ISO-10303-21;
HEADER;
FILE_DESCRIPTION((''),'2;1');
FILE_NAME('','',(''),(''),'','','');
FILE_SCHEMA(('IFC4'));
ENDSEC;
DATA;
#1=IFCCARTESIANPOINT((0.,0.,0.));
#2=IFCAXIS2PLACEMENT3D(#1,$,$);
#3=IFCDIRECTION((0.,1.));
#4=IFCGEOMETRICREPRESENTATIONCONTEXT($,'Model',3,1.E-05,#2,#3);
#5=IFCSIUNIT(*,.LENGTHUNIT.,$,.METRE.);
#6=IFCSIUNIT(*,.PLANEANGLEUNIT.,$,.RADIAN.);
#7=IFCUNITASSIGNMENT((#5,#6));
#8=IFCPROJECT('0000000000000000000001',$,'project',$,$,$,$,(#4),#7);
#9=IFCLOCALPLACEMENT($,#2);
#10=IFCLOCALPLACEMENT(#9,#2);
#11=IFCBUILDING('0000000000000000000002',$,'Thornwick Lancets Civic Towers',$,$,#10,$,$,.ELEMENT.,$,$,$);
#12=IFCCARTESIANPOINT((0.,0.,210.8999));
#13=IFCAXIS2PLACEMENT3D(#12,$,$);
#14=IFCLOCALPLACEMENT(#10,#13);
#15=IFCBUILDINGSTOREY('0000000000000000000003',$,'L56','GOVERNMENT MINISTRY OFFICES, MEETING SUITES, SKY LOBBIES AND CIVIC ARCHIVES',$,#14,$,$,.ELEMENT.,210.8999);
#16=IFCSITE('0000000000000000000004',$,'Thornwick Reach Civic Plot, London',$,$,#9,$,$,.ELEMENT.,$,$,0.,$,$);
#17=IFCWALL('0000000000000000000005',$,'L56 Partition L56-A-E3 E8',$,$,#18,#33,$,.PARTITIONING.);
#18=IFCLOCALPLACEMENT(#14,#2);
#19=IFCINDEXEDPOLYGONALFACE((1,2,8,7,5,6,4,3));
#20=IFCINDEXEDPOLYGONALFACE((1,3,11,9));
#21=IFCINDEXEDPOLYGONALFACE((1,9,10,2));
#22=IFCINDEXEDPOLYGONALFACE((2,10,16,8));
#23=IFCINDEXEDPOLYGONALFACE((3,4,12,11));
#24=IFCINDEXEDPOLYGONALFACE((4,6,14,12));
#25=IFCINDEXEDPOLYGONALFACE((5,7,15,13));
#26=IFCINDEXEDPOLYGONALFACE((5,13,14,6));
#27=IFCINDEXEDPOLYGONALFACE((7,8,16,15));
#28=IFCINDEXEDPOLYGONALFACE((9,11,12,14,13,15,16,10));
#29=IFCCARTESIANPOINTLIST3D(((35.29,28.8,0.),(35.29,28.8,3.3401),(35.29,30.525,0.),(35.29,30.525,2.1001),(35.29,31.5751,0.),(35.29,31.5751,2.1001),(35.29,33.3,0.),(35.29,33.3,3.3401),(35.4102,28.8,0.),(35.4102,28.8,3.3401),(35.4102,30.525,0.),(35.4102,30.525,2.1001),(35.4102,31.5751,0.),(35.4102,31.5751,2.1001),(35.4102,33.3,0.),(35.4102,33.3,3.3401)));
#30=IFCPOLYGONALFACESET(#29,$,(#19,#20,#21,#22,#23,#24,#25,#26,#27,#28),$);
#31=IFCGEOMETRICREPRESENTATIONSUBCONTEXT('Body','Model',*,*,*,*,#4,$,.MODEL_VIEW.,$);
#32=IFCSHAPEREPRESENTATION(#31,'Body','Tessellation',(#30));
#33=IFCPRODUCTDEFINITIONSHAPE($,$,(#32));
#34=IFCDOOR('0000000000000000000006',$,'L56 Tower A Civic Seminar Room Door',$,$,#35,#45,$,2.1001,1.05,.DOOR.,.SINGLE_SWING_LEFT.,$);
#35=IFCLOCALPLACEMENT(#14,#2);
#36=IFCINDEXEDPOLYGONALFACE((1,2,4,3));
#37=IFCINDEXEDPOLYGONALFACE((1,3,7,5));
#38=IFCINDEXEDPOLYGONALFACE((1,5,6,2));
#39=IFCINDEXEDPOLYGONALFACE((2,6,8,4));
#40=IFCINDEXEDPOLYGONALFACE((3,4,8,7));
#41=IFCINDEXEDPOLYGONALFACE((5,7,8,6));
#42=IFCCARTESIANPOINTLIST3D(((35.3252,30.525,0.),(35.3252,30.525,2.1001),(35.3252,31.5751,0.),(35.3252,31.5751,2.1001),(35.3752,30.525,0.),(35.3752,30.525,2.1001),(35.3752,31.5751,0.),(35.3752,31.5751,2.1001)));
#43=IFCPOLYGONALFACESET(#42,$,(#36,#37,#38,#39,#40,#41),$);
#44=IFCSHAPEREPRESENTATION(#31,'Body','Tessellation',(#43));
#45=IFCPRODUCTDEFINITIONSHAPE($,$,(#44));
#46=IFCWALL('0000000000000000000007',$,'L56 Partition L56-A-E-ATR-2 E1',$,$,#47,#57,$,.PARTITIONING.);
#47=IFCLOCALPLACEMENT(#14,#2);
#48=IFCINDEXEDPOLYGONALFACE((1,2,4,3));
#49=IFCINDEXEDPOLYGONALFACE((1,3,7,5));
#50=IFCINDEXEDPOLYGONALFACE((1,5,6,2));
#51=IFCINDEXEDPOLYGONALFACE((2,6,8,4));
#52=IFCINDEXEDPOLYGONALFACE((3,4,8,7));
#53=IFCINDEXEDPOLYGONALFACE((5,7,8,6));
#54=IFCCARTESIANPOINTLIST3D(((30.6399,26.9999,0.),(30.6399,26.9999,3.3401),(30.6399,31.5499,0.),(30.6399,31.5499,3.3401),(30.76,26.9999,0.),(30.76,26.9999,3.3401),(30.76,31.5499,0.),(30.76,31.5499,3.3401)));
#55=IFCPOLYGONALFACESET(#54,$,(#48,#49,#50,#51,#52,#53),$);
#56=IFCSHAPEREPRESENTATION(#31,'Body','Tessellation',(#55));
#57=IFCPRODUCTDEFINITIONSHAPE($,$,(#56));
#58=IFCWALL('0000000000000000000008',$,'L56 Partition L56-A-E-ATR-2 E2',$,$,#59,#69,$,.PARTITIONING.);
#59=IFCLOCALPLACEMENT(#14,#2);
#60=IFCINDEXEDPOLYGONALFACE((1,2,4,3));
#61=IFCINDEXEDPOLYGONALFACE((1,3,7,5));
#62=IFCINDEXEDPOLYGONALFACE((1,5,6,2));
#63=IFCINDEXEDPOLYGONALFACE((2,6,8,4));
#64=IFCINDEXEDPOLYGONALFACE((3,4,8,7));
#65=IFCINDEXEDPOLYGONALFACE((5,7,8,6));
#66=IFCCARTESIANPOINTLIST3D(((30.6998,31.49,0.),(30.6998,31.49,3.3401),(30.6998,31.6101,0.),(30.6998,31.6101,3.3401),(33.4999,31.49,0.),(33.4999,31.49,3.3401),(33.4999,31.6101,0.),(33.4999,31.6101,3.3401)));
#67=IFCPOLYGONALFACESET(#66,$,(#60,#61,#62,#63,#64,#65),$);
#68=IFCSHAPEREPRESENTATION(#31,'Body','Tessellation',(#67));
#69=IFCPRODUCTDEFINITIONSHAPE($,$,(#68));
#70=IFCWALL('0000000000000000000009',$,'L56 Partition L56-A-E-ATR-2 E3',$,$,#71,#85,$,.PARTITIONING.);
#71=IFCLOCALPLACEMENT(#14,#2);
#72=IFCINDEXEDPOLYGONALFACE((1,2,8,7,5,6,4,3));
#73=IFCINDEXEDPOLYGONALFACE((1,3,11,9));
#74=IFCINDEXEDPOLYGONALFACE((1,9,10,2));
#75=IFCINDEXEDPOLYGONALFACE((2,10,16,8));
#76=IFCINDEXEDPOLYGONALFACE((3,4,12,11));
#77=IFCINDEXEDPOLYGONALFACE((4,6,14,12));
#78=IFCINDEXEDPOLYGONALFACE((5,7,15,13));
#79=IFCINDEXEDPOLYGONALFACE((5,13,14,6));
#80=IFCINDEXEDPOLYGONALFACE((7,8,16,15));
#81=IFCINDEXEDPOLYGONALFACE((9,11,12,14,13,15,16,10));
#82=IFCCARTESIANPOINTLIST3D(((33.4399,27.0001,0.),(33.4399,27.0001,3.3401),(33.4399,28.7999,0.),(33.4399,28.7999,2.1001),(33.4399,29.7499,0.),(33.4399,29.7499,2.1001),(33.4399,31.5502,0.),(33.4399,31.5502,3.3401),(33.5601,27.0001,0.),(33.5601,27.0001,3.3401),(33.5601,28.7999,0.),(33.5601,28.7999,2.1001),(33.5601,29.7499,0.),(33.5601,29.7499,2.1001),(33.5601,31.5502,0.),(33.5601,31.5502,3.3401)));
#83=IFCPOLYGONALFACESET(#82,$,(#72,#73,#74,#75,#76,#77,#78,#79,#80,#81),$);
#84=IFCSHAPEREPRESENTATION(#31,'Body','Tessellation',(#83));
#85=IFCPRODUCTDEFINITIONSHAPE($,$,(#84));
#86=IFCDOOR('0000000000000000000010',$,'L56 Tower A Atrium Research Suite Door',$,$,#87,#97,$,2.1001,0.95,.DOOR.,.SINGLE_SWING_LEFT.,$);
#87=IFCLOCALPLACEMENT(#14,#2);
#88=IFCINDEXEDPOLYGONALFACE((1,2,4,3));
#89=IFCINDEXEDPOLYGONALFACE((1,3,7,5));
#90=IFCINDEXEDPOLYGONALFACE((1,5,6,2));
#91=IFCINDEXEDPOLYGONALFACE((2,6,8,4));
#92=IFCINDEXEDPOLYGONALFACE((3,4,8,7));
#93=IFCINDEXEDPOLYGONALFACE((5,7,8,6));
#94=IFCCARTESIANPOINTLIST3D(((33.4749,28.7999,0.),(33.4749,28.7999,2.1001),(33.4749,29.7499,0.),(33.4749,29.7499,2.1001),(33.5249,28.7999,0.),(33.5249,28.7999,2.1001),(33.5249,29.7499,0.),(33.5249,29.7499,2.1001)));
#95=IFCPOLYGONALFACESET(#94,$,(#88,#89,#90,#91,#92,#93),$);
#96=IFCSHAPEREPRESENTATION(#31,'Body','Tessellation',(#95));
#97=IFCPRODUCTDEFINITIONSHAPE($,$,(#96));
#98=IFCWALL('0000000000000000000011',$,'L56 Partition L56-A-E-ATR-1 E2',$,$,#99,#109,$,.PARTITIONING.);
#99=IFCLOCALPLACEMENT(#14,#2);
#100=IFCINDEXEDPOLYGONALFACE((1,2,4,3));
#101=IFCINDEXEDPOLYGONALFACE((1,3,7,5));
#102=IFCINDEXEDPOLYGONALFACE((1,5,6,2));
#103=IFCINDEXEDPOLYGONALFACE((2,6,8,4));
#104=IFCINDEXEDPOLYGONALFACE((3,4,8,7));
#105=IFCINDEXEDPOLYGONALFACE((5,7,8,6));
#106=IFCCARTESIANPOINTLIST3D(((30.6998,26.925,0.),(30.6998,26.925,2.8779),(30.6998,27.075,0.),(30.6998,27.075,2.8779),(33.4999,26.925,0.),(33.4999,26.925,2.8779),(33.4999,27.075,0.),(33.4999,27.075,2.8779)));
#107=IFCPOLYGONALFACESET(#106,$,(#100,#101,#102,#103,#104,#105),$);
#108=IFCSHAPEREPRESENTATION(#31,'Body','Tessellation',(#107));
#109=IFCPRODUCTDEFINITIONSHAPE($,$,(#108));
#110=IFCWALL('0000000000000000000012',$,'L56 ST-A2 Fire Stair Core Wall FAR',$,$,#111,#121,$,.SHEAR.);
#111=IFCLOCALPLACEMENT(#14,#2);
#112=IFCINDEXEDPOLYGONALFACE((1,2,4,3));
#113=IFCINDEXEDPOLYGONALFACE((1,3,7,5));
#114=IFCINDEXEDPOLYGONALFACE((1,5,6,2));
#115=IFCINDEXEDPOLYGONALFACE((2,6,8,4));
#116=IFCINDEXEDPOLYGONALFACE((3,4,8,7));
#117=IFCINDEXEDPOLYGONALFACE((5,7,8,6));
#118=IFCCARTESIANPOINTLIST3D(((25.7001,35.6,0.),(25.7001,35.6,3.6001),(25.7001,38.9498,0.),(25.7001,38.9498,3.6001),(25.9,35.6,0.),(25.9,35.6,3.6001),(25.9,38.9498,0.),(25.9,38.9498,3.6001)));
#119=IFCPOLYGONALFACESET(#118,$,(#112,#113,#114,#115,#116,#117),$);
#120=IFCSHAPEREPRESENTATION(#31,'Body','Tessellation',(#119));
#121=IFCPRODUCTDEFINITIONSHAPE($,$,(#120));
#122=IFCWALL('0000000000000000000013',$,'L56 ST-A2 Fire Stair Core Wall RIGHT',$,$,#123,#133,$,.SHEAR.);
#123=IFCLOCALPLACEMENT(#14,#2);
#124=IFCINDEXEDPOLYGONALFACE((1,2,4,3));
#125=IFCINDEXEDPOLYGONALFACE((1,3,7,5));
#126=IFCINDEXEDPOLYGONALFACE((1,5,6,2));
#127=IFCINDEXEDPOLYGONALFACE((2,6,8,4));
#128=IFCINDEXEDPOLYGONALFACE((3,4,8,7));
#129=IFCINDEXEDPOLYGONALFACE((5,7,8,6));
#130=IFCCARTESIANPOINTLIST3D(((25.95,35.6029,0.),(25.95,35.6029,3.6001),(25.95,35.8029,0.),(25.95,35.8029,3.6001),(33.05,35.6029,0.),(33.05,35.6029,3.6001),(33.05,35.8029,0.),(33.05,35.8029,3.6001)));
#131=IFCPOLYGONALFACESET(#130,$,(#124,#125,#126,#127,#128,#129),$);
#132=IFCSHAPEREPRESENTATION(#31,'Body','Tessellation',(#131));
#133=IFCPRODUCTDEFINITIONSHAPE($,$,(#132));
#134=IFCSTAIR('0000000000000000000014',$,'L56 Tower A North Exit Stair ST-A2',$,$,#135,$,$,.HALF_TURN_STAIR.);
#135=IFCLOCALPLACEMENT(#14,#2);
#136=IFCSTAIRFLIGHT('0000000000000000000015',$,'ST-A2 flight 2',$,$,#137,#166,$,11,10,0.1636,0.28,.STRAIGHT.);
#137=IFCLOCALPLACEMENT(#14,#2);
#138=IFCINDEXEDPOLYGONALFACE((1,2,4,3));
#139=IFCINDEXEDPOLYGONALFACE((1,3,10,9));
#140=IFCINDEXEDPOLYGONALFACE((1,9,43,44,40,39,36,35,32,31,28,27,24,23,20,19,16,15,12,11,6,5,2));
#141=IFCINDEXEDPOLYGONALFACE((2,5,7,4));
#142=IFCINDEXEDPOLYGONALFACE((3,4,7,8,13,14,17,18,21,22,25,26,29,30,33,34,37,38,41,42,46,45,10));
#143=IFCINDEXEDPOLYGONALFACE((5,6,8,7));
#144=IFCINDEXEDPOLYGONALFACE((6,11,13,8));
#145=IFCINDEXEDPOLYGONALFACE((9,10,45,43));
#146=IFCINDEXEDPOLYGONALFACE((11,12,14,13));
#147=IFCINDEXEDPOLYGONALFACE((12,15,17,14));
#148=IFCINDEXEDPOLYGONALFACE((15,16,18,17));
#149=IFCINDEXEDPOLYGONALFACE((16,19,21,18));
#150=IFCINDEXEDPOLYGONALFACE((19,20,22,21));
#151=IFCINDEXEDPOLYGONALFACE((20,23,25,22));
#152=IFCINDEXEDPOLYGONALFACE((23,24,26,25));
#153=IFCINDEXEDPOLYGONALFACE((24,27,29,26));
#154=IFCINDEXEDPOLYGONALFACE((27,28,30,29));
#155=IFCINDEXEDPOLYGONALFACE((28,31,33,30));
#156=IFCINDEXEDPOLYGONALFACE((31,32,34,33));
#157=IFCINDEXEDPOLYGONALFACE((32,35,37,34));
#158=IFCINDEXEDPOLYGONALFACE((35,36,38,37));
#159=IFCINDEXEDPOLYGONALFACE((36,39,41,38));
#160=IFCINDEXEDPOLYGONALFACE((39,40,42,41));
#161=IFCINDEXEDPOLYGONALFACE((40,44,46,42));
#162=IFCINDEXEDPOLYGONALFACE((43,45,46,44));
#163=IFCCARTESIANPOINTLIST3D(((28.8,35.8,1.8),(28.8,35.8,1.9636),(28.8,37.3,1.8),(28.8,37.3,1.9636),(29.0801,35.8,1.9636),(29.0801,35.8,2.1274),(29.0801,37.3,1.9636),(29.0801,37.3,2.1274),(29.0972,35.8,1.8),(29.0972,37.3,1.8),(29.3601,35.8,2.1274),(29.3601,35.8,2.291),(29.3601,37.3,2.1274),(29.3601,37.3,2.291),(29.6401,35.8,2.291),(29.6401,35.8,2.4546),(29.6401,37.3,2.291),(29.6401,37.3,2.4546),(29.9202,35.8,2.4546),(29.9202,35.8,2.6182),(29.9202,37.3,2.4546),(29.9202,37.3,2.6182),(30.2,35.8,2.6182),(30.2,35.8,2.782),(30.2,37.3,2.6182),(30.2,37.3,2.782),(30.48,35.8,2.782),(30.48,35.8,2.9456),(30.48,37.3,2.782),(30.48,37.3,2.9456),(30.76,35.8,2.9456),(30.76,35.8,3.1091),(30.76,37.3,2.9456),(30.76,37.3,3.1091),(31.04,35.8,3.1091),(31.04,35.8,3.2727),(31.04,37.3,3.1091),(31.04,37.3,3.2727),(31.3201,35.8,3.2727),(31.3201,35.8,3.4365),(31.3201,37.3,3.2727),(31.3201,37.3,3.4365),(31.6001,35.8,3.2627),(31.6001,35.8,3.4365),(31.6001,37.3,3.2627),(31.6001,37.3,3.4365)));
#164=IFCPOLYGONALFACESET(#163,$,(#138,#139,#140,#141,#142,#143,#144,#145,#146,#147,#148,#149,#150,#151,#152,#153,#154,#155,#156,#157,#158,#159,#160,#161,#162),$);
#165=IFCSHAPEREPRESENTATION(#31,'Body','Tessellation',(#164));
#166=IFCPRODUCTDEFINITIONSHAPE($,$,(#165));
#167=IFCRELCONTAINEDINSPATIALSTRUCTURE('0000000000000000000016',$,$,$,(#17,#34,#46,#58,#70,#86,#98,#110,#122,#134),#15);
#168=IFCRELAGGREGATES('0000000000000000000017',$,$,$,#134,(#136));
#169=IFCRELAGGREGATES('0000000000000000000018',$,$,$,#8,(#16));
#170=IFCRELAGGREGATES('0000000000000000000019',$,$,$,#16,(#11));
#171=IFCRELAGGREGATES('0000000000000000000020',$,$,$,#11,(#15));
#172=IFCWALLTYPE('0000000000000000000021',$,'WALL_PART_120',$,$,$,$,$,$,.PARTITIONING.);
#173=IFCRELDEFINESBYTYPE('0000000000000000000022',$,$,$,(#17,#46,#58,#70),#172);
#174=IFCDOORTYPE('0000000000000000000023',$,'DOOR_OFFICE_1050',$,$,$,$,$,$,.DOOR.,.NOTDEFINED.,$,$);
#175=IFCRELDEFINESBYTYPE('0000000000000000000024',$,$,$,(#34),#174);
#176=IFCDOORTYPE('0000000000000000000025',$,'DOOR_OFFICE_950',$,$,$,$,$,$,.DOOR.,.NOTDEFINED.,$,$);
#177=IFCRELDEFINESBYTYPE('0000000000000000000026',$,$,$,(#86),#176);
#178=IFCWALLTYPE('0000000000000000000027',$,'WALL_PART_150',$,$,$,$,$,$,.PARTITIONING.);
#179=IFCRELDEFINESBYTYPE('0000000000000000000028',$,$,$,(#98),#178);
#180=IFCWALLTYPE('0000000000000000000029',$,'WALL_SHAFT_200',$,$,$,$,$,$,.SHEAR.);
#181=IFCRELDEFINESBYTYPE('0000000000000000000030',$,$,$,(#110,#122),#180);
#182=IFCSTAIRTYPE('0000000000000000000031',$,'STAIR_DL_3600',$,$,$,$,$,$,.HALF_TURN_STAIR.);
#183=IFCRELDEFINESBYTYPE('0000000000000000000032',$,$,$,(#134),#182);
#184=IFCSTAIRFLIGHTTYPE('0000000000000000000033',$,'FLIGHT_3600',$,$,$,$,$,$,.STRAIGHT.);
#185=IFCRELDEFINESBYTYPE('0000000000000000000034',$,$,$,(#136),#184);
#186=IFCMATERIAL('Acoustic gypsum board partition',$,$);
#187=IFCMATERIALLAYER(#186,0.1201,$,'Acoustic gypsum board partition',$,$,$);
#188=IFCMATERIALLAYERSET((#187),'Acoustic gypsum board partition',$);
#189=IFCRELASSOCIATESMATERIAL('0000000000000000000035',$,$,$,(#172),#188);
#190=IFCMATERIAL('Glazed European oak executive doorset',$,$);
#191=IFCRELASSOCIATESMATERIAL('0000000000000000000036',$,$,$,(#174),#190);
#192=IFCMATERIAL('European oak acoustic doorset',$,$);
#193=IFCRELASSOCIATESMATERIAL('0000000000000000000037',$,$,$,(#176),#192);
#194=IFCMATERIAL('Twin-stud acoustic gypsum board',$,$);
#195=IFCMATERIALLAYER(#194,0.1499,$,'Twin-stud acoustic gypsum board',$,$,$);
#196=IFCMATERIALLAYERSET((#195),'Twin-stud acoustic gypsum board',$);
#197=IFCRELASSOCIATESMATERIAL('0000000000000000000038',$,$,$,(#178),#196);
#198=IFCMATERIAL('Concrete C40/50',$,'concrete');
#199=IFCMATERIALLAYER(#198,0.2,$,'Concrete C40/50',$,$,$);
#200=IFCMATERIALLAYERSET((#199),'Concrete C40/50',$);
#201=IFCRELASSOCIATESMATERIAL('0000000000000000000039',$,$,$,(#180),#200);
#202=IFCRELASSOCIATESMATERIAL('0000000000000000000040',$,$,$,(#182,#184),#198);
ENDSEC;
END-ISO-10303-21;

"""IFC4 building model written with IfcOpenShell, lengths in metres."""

from ifc_helpers import new_model, si_unit, direction, frame, frame_2d, origin, place, context, subcontext, project, spatial, polyline, rectangle, outline, extrude, material, layer, layer_set, type_object, element, fill, aggregate, save


model = new_model("IFC4")

# Units and contexts
model_context = context("Model", 3, precision=1e-05, world=origin(), true_north=direction((0.0, 1.0)))
body_context = subcontext(model_context, "Body", "Model", "MODEL_VIEW")
ifc_project = project(units=[si_unit("LENGTHUNIT", "METRE"), si_unit("PLANEANGLEUNIT", "RADIAN")], contexts=[model_context])

# Site, building, storey
site_placement = place(None, origin())
site = spatial("IfcSite", under=ifc_project, at=site_placement, Name="Thornwick Reach Civic Plot, London", CompositionType="ELEMENT", RefElevation=0.0)
building_placement = place(site_placement, origin())
building = spatial("IfcBuilding", under=site, at=building_placement, Name="Thornwick Lancets Civic Towers", CompositionType="ELEMENT")
storey_placement = place(building_placement, frame((0.0, 0.0, 210.8999)))
storey = spatial("IfcBuildingStorey", under=building, at=storey_placement, Name="L56", Description="GOVERNMENT MINISTRY OFFICES, MEETING SUITES, SKY LOBBIES AND CIVIC ARCHIVES", CompositionType="ELEMENT", Elevation=210.8999)

# Shared definitions
ifc_material_1 = material(Name="Acoustic gypsum board partition")
ifc_layer_1 = layer(ifc_material_1, 0.1201, Name="Acoustic gypsum board partition")
ifc_layer_set_1 = layer_set([ifc_layer_1], Name="Acoustic gypsum board partition")
wall_type_1 = type_object("IfcWallType", Name="WALL_PART_120", PredefinedType="PARTITIONING", material=ifc_layer_set_1)

# Wall, opening, door
wall_1_placement = place(storey_placement, frame((35.3501, 28.8, 0.0), z_axis=(0.0, 0.0, 1.0), x_axis=(0.0, 1.0, 0.0)))
wall_1 = element("IfcWall", 1, at=wall_1_placement, inside=storey, type_object=wall_type_1, Name="L56 Partition L56-A-E3 E8", PredefinedType="PARTITIONING", context=body_context, shape_type="SweptSolid", body=[
    extrude(rectangle(XDim=4.5, YDim=0.1201, at=frame_2d((2.25, 0.0))), origin(), (0.0, 0.0, 1.0), 3.3401),
])
opening_1_placement = place(wall_1_placement, frame((1.7251, 0.0, 0.0)))
opening_1 = element("IfcOpeningElement", 2, at=opening_1_placement, cuts=wall_1, PredefinedType="OPENING", context=body_context, shape_type="SweptSolid", body=[
    extrude(rectangle(XDim=1.05, YDim=2.1001, at=frame_2d((0.5249, 1.05))), frame((0.0, 0.0701, 0.0), z_axis=(0.0, -1.0, 0.0), x_axis=(1.0, 0.0, 0.0)), (0.0, 0.0, 1.0), 0.1401),
])
ifc_material_2 = material(Name="Glazed European oak executive doorset")
door_type_1 = type_object("IfcDoorType", Name="DOOR_OFFICE_1050", OperationType="NOTDEFINED", PredefinedType="DOOR", material=ifc_material_2)
door_1_placement = place(opening_1_placement, origin())
door_1 = element("IfcDoor", 3, at=door_1_placement, inside=storey, type_object=door_type_1, Name="L56 Tower A Civic Seminar Room Door", OperationType="SINGLE_SWING_LEFT", OverallHeight=2.1001, OverallWidth=1.05, PredefinedType="DOOR", context=body_context, shape_type="SweptSolid", body=[
    extrude(rectangle(XDim=1.05, YDim=2.1001, at=frame_2d((0.5249, 1.05))), frame((0.0, 0.0249, 0.0), z_axis=(0.0, -1.0, 0.0), x_axis=(1.0, 0.0, 0.0)), (0.0, 0.0, 1.0), 0.05),
])
fill(opening_1, door_1)

# Walls
wall_2_placement = place(storey_placement, frame((30.7, 27.0, 0.0), z_axis=(0.0, 0.0, 1.0), x_axis=(0.0, 1.0, 0.0)))
element("IfcWall", 4, at=wall_2_placement, inside=storey, type_object=wall_type_1, Name="L56 Partition L56-A-E-ATR-2 E1", PredefinedType="PARTITIONING", context=body_context, shape_type="SweptSolid", body=[
    extrude(rectangle(XDim=4.55, YDim=0.1201, at=frame_2d((2.2749, 0.0))), origin(), (0.0, 0.0, 1.0), 3.3401),
])
wall_3_placement = place(storey_placement, frame((30.7, 31.55, 0.0), z_axis=(0.0, 0.0, 1.0), x_axis=(1.0, 0.0, 0.0)))
element("IfcWall", 5, at=wall_3_placement, inside=storey, type_object=wall_type_1, Name="L56 Partition L56-A-E-ATR-2 E2", PredefinedType="PARTITIONING", context=body_context, shape_type="SweptSolid", body=[
    extrude(rectangle(XDim=2.8, YDim=0.1201, at=frame_2d((1.3999, 0.0))), origin(), (0.0, 0.0, 1.0), 3.3401),
])

# Wall, opening, door
wall_4_placement = place(storey_placement, frame((33.5, 31.55, 0.0), z_axis=(0.0, 0.0, 1.0), x_axis=(0.0, -1.0, 0.0)))
wall_4 = element("IfcWall", 6, at=wall_4_placement, inside=storey, type_object=wall_type_1, Name="L56 Partition L56-A-E-ATR-2 E3", PredefinedType="PARTITIONING", context=body_context, shape_type="SweptSolid", body=[
    extrude(rectangle(XDim=4.55, YDim=0.1201, at=frame_2d((2.2749, 0.0))), origin(), (0.0, 0.0, 1.0), 3.3401),
])
opening_2_placement = place(wall_4_placement, frame((1.8, 0.0, 0.0)))
opening_2 = element("IfcOpeningElement", 7, at=opening_2_placement, cuts=wall_4, PredefinedType="OPENING", context=body_context, shape_type="SweptSolid", body=[
    extrude(rectangle(XDim=0.95, YDim=2.1001, at=frame_2d((0.4751, 1.05))), frame((0.0, 0.0701, 0.0), z_axis=(0.0, -1.0, 0.0), x_axis=(1.0, 0.0, 0.0)), (0.0, 0.0, 1.0), 0.1401),
])
ifc_material_3 = material(Name="European oak acoustic doorset")
door_type_2 = type_object("IfcDoorType", Name="DOOR_OFFICE_950", OperationType="NOTDEFINED", PredefinedType="DOOR", material=ifc_material_3)
door_2_placement = place(opening_2_placement, origin())
door_2 = element("IfcDoor", 8, at=door_2_placement, inside=storey, type_object=door_type_2, Name="L56 Tower A Atrium Research Suite Door", OperationType="SINGLE_SWING_LEFT", OverallHeight=2.1001, OverallWidth=0.95, PredefinedType="DOOR", context=body_context, shape_type="SweptSolid", body=[
    extrude(rectangle(XDim=0.95, YDim=2.1001, at=frame_2d((0.4751, 1.05))), frame((0.0, 0.0249, 0.0), z_axis=(0.0, -1.0, 0.0), x_axis=(1.0, 0.0, 0.0)), (0.0, 0.0, 1.0), 0.05),
])
fill(opening_2, door_2)

# Wall
ifc_material_4 = material(Name="Twin-stud acoustic gypsum board")
ifc_layer_2 = layer(ifc_material_4, 0.1499, Name="Twin-stud acoustic gypsum board")
ifc_layer_set_2 = layer_set([ifc_layer_2], Name="Twin-stud acoustic gypsum board")
wall_type_2 = type_object("IfcWallType", Name="WALL_PART_150", PredefinedType="PARTITIONING", material=ifc_layer_set_2)
wall_5_placement = place(storey_placement, frame((30.7, 27.0, 0.0), z_axis=(0.0, 0.0, 1.0), x_axis=(1.0, 0.0, 0.0)))
element("IfcWall", 9, at=wall_5_placement, inside=storey, type_object=wall_type_2, Name="L56 Partition L56-A-E-ATR-1 E2", PredefinedType="PARTITIONING", context=body_context, shape_type="SweptSolid", body=[
    extrude(rectangle(XDim=2.8, YDim=0.1499, at=frame_2d((1.3999, 0.0))), origin(), (0.0, 0.0, 1.0), 2.8779),
])

# Walls
ifc_material_5 = material(Name="Concrete C40/50", Category="concrete")
ifc_layer_3 = layer(ifc_material_5, 0.2, Name="Concrete C40/50")
ifc_layer_set_3 = layer_set([ifc_layer_3], Name="Concrete C40/50")
wall_type_3 = type_object("IfcWallType", Name="WALL_SHAFT_200", PredefinedType="SHEAR", material=ifc_layer_set_3)
wall_6_placement = place(storey_placement, frame((25.8, 35.6001, 0.0), z_axis=(0.0, 0.0, 1.0), x_axis=(0.0, 1.0, 0.0)))
element("IfcWall", 10, at=wall_6_placement, inside=storey, type_object=wall_type_3, Name="L56 ST-A2 Fire Stair Core Wall FAR", PredefinedType="SHEAR", context=body_context, shape_type="SweptSolid", body=[
    extrude(rectangle(XDim=3.3499, YDim=0.2, at=frame_2d((1.6748, 0.0))), origin(), (0.0, 0.0, 1.0), 3.6001),
])
wall_7_placement = place(storey_placement, frame((25.95, 35.7029, 0.0), z_axis=(0.0, 0.0, 1.0), x_axis=(1.0, 0.0, 0.0)))
element("IfcWall", 11, at=wall_7_placement, inside=storey, type_object=wall_type_3, Name="L56 ST-A2 Fire Stair Core Wall RIGHT", PredefinedType="SHEAR", context=body_context, shape_type="SweptSolid", body=[
    extrude(rectangle(XDim=7.1001, YDim=0.2, at=frame_2d((3.55, 0.0))), origin(), (0.0, 0.0, 1.0), 3.6001),
])

# Stair, stair flight
stair_type = type_object("IfcStairType", Name="STAIR_DL_3600", PredefinedType="HALF_TURN_STAIR", material=ifc_material_5)
stair_placement = place(storey_placement, origin())
stair = element("IfcStair", 12, at=stair_placement, inside=storey, type_object=stair_type, Name="L56 Tower A North Exit Stair ST-A2", PredefinedType="HALF_TURN_STAIR")
stair_flight_type = type_object("IfcStairFlightType", Name="FLIGHT_3600", PredefinedType="STRAIGHT", material=ifc_material_5)
stair_flight_placement = place(storey_placement, frame((28.8, 36.55, 1.8), z_axis=(0.0, 0.0, 1.0), x_axis=(1.0, 0.0, 0.0)))
stair_flight = element("IfcStairFlight", 13, at=stair_flight_placement, type_object=stair_flight_type, Name="ST-A2 flight 2", NumberOfRisers=11, NumberOfTreads=10, PredefinedType="STRAIGHT", RiserHeight=0.1636, TreadLength=0.28, context=body_context, shape_type="SweptSolid", body=[
    extrude(outline(polyline([(0.0, 0.0), (0.0, 0.1636), (0.28, 0.1636), (0.28, 0.3274), (0.5601, 0.3274), (0.5601, 0.491), (0.8401, 0.491), (0.8401, 0.6545), (1.1201, 0.6545), (1.1201, 0.8181), (1.3999, 0.8181), (1.3999, 0.9819), (1.6799, 0.9819), (1.6799, 1.1455), (1.96, 1.1455), (1.96, 1.3091), (2.24, 1.3091), (2.24, 1.4727), (2.52, 1.4727), (2.52, 1.6365), (2.8, 1.6365), (2.8, 1.8), (2.8, 1.4626), (0.2971, 0.0), (0.0, 0.0)])), frame((0.0, 0.75, 0.0), z_axis=(0.0, -1.0, 0.0), x_axis=(1.0, 0.0, 0.0)), (0.0, 0.0, 1.0), 1.5),
])
aggregate(stair, [stair_flight])

save(model, "model.ifc")
